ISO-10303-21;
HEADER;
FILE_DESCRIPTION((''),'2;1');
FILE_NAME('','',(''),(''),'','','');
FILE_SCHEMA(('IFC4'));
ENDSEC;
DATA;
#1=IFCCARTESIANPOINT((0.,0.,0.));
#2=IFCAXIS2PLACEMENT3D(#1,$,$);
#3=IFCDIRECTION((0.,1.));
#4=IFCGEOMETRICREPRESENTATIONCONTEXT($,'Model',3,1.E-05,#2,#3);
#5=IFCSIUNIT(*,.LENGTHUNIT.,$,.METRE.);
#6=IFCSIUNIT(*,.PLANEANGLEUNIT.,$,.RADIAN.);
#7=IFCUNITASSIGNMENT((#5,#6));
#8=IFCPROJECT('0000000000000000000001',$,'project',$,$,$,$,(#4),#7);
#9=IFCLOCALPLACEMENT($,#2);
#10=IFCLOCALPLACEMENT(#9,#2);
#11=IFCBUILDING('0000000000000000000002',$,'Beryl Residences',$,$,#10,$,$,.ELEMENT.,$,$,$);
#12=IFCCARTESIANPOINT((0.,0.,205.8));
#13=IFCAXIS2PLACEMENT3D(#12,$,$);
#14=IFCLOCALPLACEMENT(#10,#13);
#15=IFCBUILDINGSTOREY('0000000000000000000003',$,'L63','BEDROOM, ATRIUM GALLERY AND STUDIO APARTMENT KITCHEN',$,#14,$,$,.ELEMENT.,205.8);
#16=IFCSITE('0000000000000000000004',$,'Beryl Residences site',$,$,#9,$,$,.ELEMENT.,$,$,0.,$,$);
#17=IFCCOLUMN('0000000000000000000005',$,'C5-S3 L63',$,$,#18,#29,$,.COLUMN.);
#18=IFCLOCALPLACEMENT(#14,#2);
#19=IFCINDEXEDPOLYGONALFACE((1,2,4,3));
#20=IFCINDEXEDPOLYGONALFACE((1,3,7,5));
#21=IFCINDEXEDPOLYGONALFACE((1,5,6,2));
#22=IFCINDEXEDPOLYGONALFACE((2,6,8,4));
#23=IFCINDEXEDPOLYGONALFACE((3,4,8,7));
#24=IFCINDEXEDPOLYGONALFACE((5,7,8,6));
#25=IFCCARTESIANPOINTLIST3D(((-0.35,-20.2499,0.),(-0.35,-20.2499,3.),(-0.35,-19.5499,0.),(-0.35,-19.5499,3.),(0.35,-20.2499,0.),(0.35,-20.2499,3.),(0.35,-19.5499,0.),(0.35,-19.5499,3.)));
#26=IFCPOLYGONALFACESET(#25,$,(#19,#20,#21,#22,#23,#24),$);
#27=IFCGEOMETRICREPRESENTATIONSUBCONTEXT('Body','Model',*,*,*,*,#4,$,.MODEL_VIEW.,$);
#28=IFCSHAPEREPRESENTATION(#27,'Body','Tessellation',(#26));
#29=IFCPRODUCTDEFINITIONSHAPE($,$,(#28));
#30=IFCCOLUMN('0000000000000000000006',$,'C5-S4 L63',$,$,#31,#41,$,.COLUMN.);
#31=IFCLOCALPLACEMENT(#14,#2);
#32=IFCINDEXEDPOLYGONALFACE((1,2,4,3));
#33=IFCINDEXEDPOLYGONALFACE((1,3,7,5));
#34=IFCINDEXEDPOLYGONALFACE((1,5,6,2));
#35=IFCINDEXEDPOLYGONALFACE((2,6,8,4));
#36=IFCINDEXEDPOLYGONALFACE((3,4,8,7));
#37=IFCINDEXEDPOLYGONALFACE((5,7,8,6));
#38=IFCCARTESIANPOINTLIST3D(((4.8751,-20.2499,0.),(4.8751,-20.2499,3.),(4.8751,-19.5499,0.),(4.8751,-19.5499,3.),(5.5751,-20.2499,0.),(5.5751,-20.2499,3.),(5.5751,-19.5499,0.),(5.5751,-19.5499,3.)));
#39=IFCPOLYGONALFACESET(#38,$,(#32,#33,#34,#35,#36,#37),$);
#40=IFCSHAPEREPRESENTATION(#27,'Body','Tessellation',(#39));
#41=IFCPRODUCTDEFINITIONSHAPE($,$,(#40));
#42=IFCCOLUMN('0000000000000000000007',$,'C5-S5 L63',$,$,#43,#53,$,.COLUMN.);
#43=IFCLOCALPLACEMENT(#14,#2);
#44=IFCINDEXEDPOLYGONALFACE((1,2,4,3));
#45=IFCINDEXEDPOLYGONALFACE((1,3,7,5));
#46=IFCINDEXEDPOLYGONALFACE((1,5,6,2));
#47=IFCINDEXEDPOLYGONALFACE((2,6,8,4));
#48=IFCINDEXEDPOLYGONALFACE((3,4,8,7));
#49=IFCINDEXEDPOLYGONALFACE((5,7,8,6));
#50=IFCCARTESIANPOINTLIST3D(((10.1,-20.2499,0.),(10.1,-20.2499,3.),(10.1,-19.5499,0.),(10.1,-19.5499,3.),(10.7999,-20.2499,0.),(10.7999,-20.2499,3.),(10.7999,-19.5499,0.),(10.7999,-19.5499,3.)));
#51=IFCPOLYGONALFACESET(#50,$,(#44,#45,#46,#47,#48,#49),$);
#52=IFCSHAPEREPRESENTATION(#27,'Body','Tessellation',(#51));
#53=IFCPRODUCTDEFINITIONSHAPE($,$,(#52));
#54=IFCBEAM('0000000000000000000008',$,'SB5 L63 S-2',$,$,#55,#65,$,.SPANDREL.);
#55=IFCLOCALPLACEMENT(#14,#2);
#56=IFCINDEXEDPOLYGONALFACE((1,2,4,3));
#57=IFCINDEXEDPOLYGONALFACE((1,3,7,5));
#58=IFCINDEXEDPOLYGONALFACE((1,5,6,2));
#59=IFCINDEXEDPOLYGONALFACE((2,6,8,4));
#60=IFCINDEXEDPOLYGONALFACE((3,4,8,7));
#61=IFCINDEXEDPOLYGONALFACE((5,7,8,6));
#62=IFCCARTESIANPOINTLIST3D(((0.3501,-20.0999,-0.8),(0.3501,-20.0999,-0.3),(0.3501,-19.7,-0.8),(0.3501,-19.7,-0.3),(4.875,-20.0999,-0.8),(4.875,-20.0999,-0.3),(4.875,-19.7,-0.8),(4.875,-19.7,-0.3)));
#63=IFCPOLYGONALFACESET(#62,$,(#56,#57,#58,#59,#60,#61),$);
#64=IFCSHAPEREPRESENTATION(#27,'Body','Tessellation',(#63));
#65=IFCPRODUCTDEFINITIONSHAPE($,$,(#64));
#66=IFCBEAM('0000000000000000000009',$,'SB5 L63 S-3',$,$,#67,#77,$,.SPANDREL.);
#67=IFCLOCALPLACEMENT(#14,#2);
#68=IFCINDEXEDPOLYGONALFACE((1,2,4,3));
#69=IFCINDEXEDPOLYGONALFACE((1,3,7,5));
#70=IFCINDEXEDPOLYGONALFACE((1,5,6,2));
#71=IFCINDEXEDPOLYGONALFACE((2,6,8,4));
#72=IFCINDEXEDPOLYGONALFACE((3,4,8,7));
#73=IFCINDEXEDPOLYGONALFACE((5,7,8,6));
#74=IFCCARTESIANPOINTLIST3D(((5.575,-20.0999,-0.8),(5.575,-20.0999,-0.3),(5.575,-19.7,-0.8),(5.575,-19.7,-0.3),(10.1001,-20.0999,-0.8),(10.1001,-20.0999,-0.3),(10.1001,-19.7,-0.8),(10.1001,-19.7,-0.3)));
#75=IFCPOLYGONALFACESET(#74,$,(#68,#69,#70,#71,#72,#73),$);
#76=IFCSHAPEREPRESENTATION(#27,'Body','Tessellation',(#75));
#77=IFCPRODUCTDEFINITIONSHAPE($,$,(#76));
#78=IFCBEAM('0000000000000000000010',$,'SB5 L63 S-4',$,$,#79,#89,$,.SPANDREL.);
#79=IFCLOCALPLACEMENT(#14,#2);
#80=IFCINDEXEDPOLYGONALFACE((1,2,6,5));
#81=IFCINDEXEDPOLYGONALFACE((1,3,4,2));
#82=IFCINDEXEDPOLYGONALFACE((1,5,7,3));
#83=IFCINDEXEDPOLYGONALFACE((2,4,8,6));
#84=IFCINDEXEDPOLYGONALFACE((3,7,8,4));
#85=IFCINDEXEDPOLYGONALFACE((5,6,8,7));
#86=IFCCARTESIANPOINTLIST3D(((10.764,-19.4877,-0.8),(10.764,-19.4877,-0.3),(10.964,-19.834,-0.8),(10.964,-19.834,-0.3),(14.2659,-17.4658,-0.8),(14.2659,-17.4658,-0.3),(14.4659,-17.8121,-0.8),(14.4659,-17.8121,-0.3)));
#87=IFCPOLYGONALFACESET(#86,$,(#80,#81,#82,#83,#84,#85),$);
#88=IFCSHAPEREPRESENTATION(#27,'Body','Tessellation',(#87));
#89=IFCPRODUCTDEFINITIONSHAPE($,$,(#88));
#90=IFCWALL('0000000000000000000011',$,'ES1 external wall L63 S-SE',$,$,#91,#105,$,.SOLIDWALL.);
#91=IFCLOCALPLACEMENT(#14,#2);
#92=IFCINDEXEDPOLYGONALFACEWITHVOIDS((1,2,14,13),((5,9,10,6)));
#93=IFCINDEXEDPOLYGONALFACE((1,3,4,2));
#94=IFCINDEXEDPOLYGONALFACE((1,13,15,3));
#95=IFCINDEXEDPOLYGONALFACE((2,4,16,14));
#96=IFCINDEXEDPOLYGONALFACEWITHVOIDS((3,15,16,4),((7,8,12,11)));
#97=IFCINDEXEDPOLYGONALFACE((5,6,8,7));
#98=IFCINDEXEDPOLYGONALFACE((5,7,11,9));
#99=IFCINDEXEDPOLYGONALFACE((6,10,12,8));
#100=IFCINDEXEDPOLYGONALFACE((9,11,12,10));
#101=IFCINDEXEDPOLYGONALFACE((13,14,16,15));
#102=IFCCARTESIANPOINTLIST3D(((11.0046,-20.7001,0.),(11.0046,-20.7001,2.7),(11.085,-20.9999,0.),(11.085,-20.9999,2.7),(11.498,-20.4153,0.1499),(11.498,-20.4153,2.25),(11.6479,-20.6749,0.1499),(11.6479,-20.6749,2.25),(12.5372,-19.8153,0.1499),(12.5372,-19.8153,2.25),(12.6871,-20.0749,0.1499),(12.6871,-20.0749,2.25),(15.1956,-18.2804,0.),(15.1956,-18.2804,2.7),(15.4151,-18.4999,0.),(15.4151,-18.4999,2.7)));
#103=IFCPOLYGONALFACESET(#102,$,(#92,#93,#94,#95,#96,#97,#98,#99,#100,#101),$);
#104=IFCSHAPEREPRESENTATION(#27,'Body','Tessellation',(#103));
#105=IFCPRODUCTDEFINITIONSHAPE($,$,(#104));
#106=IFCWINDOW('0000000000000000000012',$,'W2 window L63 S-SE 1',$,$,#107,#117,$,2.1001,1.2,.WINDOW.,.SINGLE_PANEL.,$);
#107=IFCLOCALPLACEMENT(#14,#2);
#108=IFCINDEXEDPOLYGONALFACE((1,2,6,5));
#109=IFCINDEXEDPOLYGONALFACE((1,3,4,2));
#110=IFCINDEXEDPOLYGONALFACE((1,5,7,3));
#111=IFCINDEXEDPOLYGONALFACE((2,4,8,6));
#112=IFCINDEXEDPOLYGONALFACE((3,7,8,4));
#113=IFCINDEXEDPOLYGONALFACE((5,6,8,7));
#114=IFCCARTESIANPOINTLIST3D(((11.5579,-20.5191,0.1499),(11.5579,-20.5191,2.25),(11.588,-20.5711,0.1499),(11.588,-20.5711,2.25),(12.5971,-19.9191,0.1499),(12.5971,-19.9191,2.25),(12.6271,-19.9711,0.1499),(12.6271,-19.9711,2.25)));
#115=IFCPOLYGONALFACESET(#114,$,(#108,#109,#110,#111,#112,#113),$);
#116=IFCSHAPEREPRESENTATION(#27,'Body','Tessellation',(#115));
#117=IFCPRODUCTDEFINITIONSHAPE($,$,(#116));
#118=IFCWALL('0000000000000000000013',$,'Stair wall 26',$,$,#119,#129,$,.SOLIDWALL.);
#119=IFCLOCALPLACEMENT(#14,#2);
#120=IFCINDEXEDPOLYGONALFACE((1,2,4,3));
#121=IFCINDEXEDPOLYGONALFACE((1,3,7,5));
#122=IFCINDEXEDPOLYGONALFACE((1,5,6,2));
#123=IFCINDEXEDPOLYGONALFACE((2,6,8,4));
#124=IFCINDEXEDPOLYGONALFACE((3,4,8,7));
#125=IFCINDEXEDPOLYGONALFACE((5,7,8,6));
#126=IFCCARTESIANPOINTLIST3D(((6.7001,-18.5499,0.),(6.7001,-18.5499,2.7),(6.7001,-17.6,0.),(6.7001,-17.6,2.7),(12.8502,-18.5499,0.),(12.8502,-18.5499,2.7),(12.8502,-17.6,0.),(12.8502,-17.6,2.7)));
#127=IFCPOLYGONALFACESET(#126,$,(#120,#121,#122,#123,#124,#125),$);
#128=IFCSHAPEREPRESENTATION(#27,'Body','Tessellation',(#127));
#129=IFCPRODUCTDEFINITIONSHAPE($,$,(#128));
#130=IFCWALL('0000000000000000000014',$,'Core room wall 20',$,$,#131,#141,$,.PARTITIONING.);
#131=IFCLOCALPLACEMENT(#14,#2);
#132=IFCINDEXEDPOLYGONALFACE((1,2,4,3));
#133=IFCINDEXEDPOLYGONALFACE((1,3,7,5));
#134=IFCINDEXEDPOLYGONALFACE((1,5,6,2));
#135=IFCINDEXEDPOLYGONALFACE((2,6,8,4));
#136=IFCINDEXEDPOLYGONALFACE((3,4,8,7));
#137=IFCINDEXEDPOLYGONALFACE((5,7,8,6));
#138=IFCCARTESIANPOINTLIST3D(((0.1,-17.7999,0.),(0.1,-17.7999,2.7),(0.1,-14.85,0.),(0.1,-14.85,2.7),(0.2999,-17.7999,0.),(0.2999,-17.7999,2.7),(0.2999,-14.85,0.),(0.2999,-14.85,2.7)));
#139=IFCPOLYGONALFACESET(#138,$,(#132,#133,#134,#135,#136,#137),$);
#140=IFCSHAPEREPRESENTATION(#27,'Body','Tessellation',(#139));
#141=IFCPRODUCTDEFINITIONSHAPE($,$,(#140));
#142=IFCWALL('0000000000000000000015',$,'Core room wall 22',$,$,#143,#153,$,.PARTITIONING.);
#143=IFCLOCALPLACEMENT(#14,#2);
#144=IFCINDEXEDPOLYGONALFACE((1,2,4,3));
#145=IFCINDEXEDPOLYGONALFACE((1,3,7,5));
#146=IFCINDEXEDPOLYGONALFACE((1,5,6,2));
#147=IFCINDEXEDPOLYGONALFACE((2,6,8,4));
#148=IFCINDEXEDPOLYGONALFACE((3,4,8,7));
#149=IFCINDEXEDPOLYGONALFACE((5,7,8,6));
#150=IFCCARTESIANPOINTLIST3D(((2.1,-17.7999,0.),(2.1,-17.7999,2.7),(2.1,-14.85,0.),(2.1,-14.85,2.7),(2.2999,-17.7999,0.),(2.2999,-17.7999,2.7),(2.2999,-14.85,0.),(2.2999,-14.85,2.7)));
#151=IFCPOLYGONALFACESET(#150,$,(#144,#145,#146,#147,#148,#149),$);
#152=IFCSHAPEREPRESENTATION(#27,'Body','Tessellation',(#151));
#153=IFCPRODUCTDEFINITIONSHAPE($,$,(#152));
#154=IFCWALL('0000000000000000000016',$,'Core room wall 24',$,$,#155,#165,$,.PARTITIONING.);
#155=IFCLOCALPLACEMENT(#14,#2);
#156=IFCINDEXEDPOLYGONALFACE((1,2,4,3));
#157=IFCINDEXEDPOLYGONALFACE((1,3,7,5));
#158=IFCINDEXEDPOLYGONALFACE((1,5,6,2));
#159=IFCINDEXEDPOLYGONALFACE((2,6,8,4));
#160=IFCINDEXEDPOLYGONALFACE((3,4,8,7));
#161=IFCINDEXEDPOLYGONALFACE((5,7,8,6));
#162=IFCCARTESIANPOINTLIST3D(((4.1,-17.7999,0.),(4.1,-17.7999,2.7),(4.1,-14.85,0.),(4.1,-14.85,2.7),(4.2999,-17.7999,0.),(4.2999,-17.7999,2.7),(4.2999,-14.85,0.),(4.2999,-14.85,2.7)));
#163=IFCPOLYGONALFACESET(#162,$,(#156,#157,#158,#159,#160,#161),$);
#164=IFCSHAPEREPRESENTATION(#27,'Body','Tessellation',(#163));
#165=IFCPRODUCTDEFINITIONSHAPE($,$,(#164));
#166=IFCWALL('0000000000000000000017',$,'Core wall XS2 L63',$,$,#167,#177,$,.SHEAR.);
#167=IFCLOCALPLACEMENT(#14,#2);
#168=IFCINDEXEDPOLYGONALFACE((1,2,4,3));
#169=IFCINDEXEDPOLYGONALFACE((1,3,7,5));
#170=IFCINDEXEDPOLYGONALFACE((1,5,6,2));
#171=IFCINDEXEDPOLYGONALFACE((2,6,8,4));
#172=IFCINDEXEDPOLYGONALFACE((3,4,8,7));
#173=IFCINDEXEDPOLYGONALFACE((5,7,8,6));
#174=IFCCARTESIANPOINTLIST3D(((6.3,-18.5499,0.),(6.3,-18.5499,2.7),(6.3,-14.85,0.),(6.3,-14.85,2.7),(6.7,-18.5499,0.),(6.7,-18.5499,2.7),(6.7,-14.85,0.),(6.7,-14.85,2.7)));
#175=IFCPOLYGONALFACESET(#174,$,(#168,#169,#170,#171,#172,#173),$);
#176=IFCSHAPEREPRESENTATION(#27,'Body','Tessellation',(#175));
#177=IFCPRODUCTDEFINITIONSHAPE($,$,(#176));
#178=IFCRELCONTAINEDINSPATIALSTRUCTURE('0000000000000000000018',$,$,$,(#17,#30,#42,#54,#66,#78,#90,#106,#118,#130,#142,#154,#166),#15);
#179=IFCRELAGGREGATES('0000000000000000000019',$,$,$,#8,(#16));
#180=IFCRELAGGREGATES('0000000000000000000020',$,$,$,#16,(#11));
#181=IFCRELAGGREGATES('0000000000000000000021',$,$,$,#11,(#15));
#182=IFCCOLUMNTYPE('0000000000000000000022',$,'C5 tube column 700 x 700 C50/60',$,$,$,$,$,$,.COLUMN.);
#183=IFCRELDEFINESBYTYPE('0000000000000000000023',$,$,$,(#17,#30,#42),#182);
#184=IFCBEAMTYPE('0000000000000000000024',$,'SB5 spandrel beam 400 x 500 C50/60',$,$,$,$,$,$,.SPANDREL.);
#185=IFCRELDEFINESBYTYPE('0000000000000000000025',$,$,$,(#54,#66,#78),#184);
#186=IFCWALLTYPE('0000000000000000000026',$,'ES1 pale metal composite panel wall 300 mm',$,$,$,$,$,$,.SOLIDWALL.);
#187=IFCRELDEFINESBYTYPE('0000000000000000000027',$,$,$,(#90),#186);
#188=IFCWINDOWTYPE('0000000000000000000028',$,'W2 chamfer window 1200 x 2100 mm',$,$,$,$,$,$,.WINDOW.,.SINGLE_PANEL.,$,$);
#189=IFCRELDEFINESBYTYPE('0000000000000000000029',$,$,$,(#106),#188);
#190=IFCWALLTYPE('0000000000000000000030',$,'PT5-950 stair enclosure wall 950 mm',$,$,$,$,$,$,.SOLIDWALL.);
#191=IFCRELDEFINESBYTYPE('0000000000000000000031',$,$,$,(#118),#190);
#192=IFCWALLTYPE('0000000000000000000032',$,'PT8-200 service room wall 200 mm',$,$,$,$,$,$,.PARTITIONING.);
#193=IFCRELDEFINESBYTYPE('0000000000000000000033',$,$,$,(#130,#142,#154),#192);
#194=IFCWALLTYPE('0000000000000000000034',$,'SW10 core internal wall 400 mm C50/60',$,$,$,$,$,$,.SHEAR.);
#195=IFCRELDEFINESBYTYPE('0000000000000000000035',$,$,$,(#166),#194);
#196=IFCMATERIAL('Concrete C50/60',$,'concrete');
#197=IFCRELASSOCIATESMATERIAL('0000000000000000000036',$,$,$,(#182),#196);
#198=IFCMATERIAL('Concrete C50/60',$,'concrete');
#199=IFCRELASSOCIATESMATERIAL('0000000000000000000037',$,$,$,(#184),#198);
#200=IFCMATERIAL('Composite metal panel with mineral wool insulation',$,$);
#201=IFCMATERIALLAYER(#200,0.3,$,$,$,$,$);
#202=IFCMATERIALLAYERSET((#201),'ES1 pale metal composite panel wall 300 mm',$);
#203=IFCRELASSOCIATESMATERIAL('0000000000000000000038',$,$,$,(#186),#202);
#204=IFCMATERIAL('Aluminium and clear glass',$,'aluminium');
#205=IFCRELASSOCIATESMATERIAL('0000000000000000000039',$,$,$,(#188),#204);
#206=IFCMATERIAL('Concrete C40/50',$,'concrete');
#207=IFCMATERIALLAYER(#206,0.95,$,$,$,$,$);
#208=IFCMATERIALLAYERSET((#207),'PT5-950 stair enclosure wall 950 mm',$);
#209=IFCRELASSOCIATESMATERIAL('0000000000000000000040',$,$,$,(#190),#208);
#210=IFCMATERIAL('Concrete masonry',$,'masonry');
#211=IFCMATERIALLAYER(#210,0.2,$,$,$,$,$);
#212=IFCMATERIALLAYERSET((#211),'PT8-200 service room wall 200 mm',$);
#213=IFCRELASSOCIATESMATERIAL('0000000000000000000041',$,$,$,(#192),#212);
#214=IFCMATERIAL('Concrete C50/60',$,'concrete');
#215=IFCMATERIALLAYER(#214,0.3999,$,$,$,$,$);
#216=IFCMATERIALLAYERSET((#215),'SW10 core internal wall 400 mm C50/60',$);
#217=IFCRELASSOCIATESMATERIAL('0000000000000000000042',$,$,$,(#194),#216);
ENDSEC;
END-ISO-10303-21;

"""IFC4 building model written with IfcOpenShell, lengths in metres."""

from ifc_helpers import new_model, si_unit, direction, frame, frame_2d, origin, origin_2d, place, context, subcontext, project, spatial, polyline, rectangle, outline, extrude, material, layer, layer_set, material_profile, profile_set, type_object, element, fill, save


model = new_model("IFC4")

# Units and contexts
model_context = context("Model", 3, precision=1e-05, world=origin(), true_north=direction((0.0, 1.0)))
body_context = subcontext(model_context, "Body", "Model", "MODEL_VIEW")
ifc_project = project(units=[si_unit("LENGTHUNIT", "METRE"), si_unit("PLANEANGLEUNIT", "RADIAN")], contexts=[model_context])

# Site, building, storey
site_placement = place(None, origin())
site = spatial("IfcSite", under=ifc_project, at=site_placement, Name="Beryl Residences site", CompositionType="ELEMENT", RefElevation=0.0)
building_placement = place(site_placement, origin())
building = spatial("IfcBuilding", under=site, at=building_placement, Name="Beryl Residences", CompositionType="ELEMENT")
storey_placement = place(building_placement, frame((0.0, 0.0, 205.8)))
storey = spatial("IfcBuildingStorey", under=building, at=storey_placement, Name="L63", Description="BEDROOM, ATRIUM GALLERY AND STUDIO APARTMENT KITCHEN", CompositionType="ELEMENT", Elevation=205.8)

# Columns
ifc_material_1 = material(Name="Concrete C50/60", Category="concrete")
ifc_material_profile_1 = material_profile(ifc_material_1, rectangle(XDim=0.7, YDim=0.7, at=origin_2d()))
ifc_profile_set_1 = profile_set([ifc_material_profile_1], Name="Concrete C50/60")
column_type = type_object("IfcColumnType", Name="C5 tube column 700 x 700 C50/60", PredefinedType="COLUMN", material=ifc_profile_set_1)
for number, where, z_axis, x_axis, name in (
    (1, (0.0, -19.8999, 0.0), (0.0, 0.0, 1.0), (1.0, 0.0, 0.0), "C5-S3 L63"),
    (2, (5.2251, -19.8999, 0.0), (0.0, 0.0, 1.0), (1.0, 0.0, 0.0), "C5-S4 L63"),
    (3, (10.45, -19.8999, 0.0), (0.0, 0.0, 1.0), (1.0, 0.0, 0.0), "C5-S5 L63"),
):
    element("IfcColumn", number, at=place(storey_placement, frame(where, z_axis=z_axis, x_axis=x_axis)), inside=storey, type_object=column_type, Name=name, PredefinedType="COLUMN", context=body_context, shape_type="SweptSolid", body=[
        extrude(rectangle(XDim=0.7, YDim=0.7, at=origin_2d()), origin(), (0.0, 0.0, 1.0), 3.0),
    ])

# Beams
ifc_material_2 = material(Name="Concrete C50/60", Category="concrete")
ifc_material_profile_2 = material_profile(ifc_material_2, rectangle(XDim=0.3999, YDim=0.5, at=origin_2d()))
ifc_profile_set_2 = profile_set([ifc_material_profile_2], Name="Concrete C50/60")
beam_type = type_object("IfcBeamType", Name="SB5 spandrel beam 400 x 500 C50/60", PredefinedType="SPANDREL", material=ifc_profile_set_2)
beam_1_placement = place(storey_placement, frame((0.3501, -19.8999, -0.55), z_axis=(1.0, 0.0, 0.0), x_axis=(0.0, 1.0, 0.0)))
element("IfcBeam", 4, at=beam_1_placement, inside=storey, type_object=beam_type, Name="SB5 L63 S-2", PredefinedType="SPANDREL", context=body_context, shape_type="SweptSolid", body=[
    extrude(rectangle(XDim=0.3999, YDim=0.5, at=origin_2d()), origin(), (0.0, 0.0, 1.0), 4.5249),
])
beam_2_placement = place(storey_placement, frame((5.575, -19.8999, -0.55), z_axis=(1.0, 0.0, 0.0), x_axis=(0.0, 1.0, 0.0)))
element("IfcBeam", 5, at=beam_2_placement, inside=storey, type_object=beam_type, Name="SB5 L63 S-3", PredefinedType="SPANDREL", context=body_context, shape_type="SweptSolid", body=[
    extrude(rectangle(XDim=0.3999, YDim=0.5, at=origin_2d()), origin(), (0.0, 0.0, 1.0), 4.5251),
])
beam_3_placement = place(storey_placement, frame((10.864, -19.6609, -0.55), z_axis=(0.866013, 0.500022, 0.0), x_axis=(-0.500022, 0.866013, 0.0)))
element("IfcBeam", 6, at=beam_3_placement, inside=storey, type_object=beam_type, Name="SB5 L63 S-4", PredefinedType="SPANDREL", context=body_context, shape_type="SweptSolid", body=[
    extrude(rectangle(XDim=0.3999, YDim=0.5, at=origin_2d()), origin(), (0.0, 0.0, 1.0), 4.0437),
])

# Wall, opening, window
ifc_material_3 = material(Name="Composite metal panel with mineral wool insulation")
ifc_layer_1 = layer(ifc_material_3, 0.3)
ifc_layer_set_1 = layer_set([ifc_layer_1], Name="ES1 pale metal composite panel wall 300 mm")
wall_type_1 = type_object("IfcWallType", Name="ES1 pale metal composite panel wall 300 mm", PredefinedType="SOLIDWALL", material=ifc_layer_set_1)
wall_1_placement = place(storey_placement, frame((11.01, -20.8701, 0.0), z_axis=(0.0, 0.0, 1.0), x_axis=(0.866023, 0.500004, 0.0)))
wall_1 = element("IfcWall", 7, at=wall_1_placement, inside=storey, type_object=wall_type_1, Name="ES1 external wall L63 S-SE", PredefinedType="SOLIDWALL", context=body_context, shape_type="SweptSolid", body=[
    extrude(outline(polyline([(0.0, -0.1499), (5.0, -0.1499), (4.9197, 0.1499), (0.0803, 0.1499), (0.0, -0.1499)])), origin(), (0.0, 0.0, 1.0), 2.7),
])
opening_placement = place(wall_1_placement, frame((0.6499, 0.0, 0.1499)))
opening = element("IfcOpeningElement", 8, at=opening_placement, cuts=wall_1, PredefinedType="OPENING", context=body_context, shape_type="SweptSolid", body=[
    extrude(rectangle(XDim=1.2, YDim=2.1001, at=frame_2d((0.6001, 1.05))), frame((0.0, 0.1599, 0.0), z_axis=(0.0, -1.0, 0.0), x_axis=(1.0, 0.0, 0.0)), (0.0, 0.0, 1.0), 0.3201),
])
ifc_material_4 = material(Name="Aluminium and clear glass", Category="aluminium")
window_type = type_object("IfcWindowType", Name="W2 chamfer window 1200 x 2100 mm", PartitioningType="SINGLE_PANEL", PredefinedType="WINDOW", material=ifc_material_4)
window_placement = place(opening_placement, origin())
window = element("IfcWindow", 9, at=window_placement, inside=storey, type_object=window_type, Name="W2 window L63 S-SE 1", OverallHeight=2.1001, OverallWidth=1.2, PartitioningType="SINGLE_PANEL", PredefinedType="WINDOW", context=body_context, shape_type="SweptSolid", body=[
    extrude(rectangle(XDim=1.2, YDim=2.1001, at=frame_2d((0.6001, 1.05))), frame((0.0, 0.03, 0.0), z_axis=(0.0, -1.0, 0.0), x_axis=(1.0, 0.0, 0.0)), (0.0, 0.0, 1.0), 0.0601),
])
fill(opening, window)

# Walls
ifc_material_5 = material(Name="Concrete C40/50", Category="concrete")
ifc_layer_2 = layer(ifc_material_5, 0.95)
ifc_layer_set_2 = layer_set([ifc_layer_2], Name="PT5-950 stair enclosure wall 950 mm")
wall_type_2 = type_object("IfcWallType", Name="PT5-950 stair enclosure wall 950 mm", PredefinedType="SOLIDWALL", material=ifc_layer_set_2)
wall_2_placement = place(storey_placement, frame((6.7, -18.075, 0.0), z_axis=(0.0, 0.0, 1.0), x_axis=(1.0, 0.0, 0.0)))
element("IfcWall", 10, at=wall_2_placement, inside=storey, type_object=wall_type_2, Name="Stair wall 26", PredefinedType="SOLIDWALL", context=body_context, shape_type="SweptSolid", body=[
    extrude(rectangle(XDim=6.1501, YDim=0.95, at=frame_2d((3.0752, 0.0))), origin(), (0.0, 0.0, 1.0), 2.7),
])
ifc_material_6 = material(Name="Concrete masonry", Category="masonry")
ifc_layer_3 = layer(ifc_material_6, 0.2)
ifc_layer_set_3 = layer_set([ifc_layer_3], Name="PT8-200 service room wall 200 mm")
wall_type_3 = type_object("IfcWallType", Name="PT8-200 service room wall 200 mm", PredefinedType="PARTITIONING", material=ifc_layer_set_3)
for number, where, z_axis, x_axis, name in (
    (11, (0.2, -17.8, 0.0), (0.0, 0.0, 1.0), (0.0, 1.0, 0.0), "Core room wall 20"),
    (12, (2.2, -17.8, 0.0), (0.0, 0.0, 1.0), (0.0, 1.0, 0.0), "Core room wall 22"),
    (13, (4.2, -17.8, 0.0), (0.0, 0.0, 1.0), (0.0, 1.0, 0.0), "Core room wall 24"),
):
    element("IfcWall", number, at=place(storey_placement, frame(where, z_axis=z_axis, x_axis=x_axis)), inside=storey, type_object=wall_type_3, Name=name, PredefinedType="PARTITIONING", context=body_context, shape_type="SweptSolid", body=[
        extrude(rectangle(XDim=2.95, YDim=0.2, at=frame_2d((1.4751, 0.0))), origin(), (0.0, 0.0, 1.0), 2.7),
    ])
ifc_material_7 = material(Name="Concrete C50/60", Category="concrete")
ifc_layer_4 = layer(ifc_material_7, 0.3999)
ifc_layer_set_4 = layer_set([ifc_layer_4], Name="SW10 core internal wall 400 mm C50/60")
wall_type_4 = type_object("IfcWallType", Name="SW10 core internal wall 400 mm C50/60", PredefinedType="SHEAR", material=ifc_layer_set_4)
wall_3_placement = place(storey_placement, frame((6.5, -18.55, 0.0), z_axis=(0.0, 0.0, 1.0), x_axis=(0.0, 1.0, 0.0)))
element("IfcWall", 14, at=wall_3_placement, inside=storey, type_object=wall_type_4, Name="Core wall XS2 L63", PredefinedType="SHEAR", context=body_context, shape_type="SweptSolid", body=[
    extrude(rectangle(XDim=3.7, YDim=0.3999, at=frame_2d((1.8501, 0.0))), origin(), (0.0, 0.0, 1.0), 2.7),
])

save(model, "model.ifc")
